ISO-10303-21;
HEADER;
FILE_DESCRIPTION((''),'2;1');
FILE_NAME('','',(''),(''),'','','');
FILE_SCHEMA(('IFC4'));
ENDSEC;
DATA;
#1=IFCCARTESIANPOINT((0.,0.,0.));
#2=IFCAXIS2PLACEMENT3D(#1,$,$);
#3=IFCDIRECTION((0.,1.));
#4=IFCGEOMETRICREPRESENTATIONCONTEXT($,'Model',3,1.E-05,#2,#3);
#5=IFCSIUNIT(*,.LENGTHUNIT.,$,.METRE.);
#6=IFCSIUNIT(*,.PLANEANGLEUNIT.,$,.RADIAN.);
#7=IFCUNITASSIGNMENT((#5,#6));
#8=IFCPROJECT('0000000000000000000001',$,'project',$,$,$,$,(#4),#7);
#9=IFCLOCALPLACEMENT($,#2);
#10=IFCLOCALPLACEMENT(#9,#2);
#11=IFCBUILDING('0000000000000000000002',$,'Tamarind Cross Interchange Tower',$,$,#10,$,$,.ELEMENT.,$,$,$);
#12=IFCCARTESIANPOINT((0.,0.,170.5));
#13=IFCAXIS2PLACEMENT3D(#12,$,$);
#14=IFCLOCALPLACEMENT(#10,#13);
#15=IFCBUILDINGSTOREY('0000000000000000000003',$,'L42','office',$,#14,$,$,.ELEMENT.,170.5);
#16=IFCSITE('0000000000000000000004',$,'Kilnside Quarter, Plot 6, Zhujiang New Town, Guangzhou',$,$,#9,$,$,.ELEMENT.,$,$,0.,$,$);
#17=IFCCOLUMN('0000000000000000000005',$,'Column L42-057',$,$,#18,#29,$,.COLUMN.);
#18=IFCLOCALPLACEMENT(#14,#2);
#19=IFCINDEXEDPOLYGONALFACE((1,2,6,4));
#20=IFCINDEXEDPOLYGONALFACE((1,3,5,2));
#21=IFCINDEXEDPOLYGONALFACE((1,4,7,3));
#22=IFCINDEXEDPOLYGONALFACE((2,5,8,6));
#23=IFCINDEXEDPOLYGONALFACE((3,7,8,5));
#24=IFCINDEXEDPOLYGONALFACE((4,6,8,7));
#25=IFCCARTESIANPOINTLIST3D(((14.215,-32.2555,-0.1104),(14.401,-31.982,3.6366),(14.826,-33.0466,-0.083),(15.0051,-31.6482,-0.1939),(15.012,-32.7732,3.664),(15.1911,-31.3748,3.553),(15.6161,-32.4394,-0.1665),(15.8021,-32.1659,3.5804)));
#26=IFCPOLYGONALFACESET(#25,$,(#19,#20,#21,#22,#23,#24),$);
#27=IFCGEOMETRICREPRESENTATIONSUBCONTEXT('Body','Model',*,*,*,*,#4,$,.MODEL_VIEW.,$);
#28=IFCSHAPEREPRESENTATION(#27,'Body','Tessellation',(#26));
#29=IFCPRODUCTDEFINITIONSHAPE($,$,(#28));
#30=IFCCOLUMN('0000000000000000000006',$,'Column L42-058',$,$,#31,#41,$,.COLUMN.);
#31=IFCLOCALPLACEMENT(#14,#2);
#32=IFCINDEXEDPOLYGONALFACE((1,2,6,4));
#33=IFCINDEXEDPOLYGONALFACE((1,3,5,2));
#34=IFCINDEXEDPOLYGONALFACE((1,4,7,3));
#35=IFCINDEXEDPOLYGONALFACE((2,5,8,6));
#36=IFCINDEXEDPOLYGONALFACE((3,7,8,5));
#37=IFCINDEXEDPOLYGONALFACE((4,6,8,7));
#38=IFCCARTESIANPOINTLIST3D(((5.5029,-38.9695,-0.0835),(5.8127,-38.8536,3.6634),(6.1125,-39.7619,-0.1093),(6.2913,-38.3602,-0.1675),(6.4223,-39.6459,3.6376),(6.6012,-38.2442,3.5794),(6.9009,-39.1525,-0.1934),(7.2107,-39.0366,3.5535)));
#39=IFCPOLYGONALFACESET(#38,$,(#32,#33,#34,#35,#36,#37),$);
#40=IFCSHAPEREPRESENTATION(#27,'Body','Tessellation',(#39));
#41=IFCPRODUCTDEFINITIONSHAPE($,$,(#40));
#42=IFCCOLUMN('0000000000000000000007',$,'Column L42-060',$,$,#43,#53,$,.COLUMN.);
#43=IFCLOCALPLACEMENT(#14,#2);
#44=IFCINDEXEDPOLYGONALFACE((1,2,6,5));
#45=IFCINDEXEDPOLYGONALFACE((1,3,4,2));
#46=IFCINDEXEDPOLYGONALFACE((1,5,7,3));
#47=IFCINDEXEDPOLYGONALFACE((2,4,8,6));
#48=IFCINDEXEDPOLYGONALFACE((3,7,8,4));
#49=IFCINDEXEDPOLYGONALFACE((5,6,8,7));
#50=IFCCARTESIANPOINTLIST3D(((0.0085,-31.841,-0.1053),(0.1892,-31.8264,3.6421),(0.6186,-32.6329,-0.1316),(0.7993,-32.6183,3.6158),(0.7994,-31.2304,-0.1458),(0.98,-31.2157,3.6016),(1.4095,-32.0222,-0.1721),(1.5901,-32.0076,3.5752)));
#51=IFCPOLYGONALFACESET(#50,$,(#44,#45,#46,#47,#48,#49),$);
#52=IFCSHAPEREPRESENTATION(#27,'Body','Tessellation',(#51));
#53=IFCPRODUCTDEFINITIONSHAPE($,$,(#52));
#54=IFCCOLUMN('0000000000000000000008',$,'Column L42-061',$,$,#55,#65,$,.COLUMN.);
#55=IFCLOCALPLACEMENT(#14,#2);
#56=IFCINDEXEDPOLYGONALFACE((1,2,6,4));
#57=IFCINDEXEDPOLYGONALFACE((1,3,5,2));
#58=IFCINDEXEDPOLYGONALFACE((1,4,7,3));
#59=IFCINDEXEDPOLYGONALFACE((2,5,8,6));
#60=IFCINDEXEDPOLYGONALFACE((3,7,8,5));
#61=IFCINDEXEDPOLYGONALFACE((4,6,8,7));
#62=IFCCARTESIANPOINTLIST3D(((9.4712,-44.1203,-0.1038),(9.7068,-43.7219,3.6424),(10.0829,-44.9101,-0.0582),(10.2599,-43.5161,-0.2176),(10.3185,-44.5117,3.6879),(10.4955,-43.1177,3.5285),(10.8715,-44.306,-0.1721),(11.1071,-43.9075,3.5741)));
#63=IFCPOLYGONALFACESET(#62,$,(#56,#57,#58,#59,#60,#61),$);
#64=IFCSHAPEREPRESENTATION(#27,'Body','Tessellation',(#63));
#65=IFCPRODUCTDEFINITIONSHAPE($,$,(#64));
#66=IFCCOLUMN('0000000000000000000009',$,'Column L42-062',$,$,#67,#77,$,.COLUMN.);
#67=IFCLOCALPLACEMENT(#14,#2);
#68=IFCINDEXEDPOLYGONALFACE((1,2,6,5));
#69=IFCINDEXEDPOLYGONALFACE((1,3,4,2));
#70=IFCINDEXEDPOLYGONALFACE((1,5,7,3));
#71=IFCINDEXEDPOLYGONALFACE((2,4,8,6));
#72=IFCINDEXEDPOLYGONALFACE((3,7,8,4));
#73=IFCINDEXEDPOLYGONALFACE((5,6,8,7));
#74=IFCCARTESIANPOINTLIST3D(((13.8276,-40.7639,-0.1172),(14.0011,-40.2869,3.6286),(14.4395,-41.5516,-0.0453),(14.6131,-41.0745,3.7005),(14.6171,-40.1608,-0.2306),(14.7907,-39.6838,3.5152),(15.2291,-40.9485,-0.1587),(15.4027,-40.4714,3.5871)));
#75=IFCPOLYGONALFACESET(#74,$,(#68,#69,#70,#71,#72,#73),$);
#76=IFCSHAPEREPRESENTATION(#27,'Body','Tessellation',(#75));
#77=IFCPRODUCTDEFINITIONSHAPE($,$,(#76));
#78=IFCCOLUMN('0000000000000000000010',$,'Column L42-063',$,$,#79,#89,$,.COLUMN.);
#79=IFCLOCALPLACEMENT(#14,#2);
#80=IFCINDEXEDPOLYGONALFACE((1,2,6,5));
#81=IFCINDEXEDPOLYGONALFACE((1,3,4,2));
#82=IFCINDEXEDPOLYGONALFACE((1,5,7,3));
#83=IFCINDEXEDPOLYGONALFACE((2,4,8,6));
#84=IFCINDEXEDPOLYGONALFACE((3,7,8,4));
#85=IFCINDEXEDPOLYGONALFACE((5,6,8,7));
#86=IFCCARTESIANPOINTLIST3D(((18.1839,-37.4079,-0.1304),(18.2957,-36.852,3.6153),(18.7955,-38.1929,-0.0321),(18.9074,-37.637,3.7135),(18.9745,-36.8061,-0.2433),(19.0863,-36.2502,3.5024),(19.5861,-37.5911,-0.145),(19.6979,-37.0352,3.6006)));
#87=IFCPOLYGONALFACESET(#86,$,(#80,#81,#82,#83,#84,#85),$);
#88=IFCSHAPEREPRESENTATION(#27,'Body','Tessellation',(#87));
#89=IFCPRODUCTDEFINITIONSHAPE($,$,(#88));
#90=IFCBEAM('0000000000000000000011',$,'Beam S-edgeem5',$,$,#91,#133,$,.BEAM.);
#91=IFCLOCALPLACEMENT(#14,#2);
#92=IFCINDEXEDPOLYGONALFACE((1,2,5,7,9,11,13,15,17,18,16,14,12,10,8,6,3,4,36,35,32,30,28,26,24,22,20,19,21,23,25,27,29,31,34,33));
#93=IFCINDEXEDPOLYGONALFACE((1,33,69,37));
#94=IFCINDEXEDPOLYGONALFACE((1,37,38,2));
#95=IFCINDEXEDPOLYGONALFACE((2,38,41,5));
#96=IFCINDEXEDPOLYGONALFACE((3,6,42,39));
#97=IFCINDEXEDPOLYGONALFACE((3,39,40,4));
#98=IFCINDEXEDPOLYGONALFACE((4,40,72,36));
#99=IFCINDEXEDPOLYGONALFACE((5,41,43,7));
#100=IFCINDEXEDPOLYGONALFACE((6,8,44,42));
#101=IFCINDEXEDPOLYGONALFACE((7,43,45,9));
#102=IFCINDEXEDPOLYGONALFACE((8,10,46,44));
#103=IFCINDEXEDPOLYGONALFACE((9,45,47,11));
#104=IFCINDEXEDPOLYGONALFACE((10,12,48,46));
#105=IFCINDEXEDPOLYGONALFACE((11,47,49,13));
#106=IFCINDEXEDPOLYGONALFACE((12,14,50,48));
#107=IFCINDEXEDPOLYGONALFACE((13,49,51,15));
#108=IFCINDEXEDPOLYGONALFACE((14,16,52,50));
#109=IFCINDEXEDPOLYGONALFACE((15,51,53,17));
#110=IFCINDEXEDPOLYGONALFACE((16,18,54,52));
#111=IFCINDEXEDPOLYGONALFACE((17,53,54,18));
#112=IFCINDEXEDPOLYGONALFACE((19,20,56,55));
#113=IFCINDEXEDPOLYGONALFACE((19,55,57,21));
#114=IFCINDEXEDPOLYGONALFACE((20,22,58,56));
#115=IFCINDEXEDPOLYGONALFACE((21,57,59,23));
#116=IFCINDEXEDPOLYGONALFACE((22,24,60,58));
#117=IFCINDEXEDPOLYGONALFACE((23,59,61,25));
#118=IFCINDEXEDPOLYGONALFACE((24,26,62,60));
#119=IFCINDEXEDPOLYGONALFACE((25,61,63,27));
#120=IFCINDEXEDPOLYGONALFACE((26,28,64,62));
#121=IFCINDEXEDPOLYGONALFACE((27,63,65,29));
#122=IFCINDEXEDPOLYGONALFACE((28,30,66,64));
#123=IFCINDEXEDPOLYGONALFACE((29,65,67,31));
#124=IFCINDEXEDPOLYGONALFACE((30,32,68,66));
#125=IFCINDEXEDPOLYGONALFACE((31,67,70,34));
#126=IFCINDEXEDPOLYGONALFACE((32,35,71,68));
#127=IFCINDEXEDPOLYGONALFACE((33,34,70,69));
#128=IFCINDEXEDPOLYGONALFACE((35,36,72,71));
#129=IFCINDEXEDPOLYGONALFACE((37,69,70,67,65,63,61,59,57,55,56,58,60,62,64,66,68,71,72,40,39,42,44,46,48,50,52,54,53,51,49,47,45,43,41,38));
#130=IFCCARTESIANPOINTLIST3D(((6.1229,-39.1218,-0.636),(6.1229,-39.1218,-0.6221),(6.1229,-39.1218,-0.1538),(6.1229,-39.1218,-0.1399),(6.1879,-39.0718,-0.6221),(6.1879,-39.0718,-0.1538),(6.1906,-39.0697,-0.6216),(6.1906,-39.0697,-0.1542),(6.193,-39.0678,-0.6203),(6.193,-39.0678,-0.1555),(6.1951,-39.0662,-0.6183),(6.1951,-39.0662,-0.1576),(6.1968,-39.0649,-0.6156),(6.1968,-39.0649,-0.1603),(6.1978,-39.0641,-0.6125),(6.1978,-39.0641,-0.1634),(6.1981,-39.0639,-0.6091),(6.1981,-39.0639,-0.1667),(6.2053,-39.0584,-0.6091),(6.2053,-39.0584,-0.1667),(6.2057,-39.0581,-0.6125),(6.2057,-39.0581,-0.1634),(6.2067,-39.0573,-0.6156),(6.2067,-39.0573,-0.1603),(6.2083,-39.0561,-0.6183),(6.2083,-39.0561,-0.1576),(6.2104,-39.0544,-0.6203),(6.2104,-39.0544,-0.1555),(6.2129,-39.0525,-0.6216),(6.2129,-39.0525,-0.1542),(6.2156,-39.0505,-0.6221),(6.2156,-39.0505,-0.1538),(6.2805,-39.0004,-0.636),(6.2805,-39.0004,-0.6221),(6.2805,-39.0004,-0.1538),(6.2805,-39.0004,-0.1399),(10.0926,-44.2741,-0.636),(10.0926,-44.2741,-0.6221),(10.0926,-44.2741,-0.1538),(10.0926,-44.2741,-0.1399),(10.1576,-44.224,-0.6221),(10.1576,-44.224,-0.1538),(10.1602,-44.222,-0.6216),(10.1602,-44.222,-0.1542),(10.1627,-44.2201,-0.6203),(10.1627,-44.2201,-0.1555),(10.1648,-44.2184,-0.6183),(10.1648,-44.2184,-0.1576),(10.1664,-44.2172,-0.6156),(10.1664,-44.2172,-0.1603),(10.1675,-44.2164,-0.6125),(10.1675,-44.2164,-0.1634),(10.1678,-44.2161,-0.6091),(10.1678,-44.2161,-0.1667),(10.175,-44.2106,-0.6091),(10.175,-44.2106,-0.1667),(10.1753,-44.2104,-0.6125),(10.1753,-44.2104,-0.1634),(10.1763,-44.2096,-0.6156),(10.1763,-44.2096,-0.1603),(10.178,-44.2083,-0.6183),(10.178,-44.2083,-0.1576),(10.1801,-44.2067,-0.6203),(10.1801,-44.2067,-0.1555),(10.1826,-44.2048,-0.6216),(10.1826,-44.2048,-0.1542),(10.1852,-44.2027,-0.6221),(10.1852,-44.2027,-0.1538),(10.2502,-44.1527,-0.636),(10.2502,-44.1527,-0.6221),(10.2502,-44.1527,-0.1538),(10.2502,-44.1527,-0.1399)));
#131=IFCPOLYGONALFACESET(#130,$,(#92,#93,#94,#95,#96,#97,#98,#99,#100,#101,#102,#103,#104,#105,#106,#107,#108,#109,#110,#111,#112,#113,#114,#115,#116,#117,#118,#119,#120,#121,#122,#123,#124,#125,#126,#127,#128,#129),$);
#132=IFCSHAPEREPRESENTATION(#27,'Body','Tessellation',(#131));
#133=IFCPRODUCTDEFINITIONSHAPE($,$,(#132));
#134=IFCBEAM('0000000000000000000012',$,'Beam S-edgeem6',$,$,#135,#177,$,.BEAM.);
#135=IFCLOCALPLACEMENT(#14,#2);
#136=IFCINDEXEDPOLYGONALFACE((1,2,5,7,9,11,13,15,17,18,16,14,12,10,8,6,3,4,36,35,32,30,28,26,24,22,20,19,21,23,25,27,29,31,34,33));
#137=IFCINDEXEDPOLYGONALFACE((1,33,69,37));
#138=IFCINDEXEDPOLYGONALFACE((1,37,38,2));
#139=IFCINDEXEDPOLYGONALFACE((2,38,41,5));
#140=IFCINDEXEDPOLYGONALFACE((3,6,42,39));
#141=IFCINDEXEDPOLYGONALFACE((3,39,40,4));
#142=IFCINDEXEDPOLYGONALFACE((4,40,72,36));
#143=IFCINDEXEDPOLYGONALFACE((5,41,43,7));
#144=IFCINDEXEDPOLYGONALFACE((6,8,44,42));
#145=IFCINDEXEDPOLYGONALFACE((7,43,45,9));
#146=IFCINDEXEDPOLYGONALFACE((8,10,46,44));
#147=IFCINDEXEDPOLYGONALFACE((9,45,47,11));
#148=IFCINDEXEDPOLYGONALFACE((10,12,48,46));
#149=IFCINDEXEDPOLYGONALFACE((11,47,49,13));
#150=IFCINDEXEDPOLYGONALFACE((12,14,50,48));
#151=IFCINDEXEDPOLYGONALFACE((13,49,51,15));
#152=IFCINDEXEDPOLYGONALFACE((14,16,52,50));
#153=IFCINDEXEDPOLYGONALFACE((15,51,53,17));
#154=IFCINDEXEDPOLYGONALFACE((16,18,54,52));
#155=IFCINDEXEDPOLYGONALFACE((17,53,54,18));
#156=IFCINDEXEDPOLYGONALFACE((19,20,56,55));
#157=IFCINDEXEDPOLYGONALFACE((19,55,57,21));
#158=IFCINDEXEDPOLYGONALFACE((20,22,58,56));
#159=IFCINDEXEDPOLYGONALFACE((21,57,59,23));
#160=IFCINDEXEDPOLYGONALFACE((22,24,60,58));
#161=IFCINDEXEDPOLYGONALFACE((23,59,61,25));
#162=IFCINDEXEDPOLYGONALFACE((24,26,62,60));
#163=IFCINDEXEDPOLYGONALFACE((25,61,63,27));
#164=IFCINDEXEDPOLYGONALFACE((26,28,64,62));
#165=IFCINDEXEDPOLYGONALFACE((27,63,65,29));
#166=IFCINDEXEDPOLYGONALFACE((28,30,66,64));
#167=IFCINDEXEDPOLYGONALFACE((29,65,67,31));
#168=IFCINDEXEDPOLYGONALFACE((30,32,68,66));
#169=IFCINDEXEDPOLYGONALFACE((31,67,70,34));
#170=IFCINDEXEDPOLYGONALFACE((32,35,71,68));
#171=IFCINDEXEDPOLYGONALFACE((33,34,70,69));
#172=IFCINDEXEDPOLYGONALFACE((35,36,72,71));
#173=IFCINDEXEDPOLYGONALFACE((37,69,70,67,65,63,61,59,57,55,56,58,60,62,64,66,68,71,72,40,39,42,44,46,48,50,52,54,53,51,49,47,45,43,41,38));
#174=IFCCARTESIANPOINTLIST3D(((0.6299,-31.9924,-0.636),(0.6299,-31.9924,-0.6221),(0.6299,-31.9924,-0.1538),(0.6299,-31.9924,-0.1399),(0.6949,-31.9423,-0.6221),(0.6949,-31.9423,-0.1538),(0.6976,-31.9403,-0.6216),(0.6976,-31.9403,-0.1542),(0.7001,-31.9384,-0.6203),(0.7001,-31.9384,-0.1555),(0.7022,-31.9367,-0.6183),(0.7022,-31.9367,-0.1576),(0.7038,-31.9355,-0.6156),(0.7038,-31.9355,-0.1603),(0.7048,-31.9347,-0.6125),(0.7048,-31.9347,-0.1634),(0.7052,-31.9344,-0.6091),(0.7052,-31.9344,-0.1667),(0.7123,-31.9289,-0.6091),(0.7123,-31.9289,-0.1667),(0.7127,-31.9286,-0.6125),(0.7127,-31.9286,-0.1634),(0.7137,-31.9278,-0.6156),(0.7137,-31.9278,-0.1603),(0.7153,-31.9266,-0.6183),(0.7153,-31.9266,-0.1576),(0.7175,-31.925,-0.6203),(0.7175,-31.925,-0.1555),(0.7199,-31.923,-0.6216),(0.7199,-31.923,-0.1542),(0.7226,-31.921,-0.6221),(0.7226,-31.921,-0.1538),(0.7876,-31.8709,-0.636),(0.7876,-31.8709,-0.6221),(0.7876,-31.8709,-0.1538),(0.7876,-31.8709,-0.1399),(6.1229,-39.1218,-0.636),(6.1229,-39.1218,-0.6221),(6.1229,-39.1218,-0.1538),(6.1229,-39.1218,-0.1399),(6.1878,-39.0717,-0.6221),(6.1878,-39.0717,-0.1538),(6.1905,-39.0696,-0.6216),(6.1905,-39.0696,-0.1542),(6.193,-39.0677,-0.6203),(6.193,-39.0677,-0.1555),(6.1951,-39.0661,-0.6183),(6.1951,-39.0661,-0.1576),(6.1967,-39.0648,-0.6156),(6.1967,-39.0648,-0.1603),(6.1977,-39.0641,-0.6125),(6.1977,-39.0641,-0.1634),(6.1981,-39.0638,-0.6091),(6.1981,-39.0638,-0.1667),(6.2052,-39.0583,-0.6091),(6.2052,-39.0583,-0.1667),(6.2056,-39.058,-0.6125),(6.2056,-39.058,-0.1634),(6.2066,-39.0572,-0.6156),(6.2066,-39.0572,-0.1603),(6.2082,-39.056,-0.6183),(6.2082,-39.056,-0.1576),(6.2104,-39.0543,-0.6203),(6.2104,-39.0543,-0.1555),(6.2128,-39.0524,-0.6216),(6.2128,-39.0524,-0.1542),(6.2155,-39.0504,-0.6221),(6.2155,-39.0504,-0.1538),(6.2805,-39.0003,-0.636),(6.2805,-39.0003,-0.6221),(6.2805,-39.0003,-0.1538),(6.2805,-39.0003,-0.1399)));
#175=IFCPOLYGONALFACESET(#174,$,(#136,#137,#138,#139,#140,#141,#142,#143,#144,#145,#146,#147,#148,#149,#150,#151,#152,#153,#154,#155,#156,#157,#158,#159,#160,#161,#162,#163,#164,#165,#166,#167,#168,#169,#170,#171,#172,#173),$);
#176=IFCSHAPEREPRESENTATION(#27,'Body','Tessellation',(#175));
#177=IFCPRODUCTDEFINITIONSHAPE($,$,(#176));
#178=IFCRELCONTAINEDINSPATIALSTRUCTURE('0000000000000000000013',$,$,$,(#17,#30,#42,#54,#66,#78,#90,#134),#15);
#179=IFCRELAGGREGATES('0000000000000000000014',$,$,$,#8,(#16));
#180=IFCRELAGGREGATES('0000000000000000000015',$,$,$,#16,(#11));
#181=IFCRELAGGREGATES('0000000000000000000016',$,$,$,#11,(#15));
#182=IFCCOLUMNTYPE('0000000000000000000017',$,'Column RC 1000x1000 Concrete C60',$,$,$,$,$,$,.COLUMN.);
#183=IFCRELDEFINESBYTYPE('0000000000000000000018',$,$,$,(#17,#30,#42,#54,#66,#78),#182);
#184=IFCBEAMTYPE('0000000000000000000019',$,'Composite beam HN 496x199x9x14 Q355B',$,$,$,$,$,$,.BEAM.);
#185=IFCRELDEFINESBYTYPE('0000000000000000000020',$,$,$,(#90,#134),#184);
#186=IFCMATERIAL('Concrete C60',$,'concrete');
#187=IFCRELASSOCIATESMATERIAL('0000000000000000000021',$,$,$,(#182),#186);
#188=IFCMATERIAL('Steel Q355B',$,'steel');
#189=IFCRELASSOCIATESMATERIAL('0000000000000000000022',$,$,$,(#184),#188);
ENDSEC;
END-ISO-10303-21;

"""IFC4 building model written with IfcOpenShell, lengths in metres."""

from ifc_helpers import new_model, si_unit, direction, frame, origin, origin_2d, place, context, subcontext, project, spatial, rectangle, i_section, extrude, material, material_profile, profile_set, type_object, element, save


model = new_model("IFC4")

# Units and contexts
model_context = context("Model", 3, precision=1e-05, world=origin(), true_north=direction((0.0, 1.0)))
body_context = subcontext(model_context, "Body", "Model", "MODEL_VIEW")
ifc_project = project(units=[si_unit("LENGTHUNIT", "METRE"), si_unit("PLANEANGLEUNIT", "RADIAN")], contexts=[model_context])

# Site, building, storey
site_placement = place(None, origin())
site = spatial("IfcSite", under=ifc_project, at=site_placement, Name="Kilnside Quarter, Plot 6, Zhujiang New Town, Guangzhou", CompositionType="ELEMENT", RefElevation=0.0)
building_placement = place(site_placement, origin())
building = spatial("IfcBuilding", under=site, at=building_placement, Name="Tamarind Cross Interchange Tower", CompositionType="ELEMENT")
storey_placement = place(building_placement, frame((0.0, 0.0, 170.5)))
storey = spatial("IfcBuildingStorey", under=building, at=storey_placement, Name="L42", Description="office", CompositionType="ELEMENT", Elevation=170.5)

# Columns
ifc_material_1 = material(Name="Concrete C60", Category="concrete")
ifc_material_profile_1 = material_profile(ifc_material_1, rectangle(XDim=1.0, YDim=1.0, at=origin_2d()), Name="RC 1000x1000")
ifc_profile_set_1 = profile_set([ifc_material_profile_1], Name="Concrete C60")
column_type = type_object("IfcColumnType", Name="Column RC 1000x1000 Concrete C60", PredefinedType="COLUMN", material=ifc_profile_set_1)
for number, where, z_axis, x_axis, name in (
    (1, (14.9155, -32.3474, -0.1384), (0.049459, 0.072696, 0.996127), (-0.790098, -0.607261, 0.083546), "Column L42-057"),
    (2, (6.2019, -39.061, -0.1384), (0.082367, 0.030831, 0.996125), (-0.609567, 0.792312, 0.025881), "Column L42-058"),
):
    element("IfcColumn", number, at=place(storey_placement, frame(where, z_axis=z_axis, x_axis=x_axis)), inside=storey, type_object=column_type, Name=name, PredefinedType="COLUMN", context=body_context, shape_type="SweptSolid", body=[
        extrude(rectangle(XDim=1.0, YDim=1.0, at=origin_2d()), origin(), (0.0, 0.0, 1.0), 3.7615),
    ])
column_1_placement = place(storey_placement, frame((0.709, -31.9316, -0.1387), z_axis=(0.048155, 0.003904, 0.998832), x_axis=(-0.610113, 0.791877, 0.026319)))
element("IfcColumn", 3, at=column_1_placement, inside=storey, type_object=column_type, Name="Column L42-060", PredefinedType="COLUMN", context=body_context, shape_type="SweptSolid", body=[
    extrude(rectangle(XDim=1.0, YDim=1.0, at=origin_2d()), origin(), (0.0, 0.0, 1.0), 3.7517),
])
column_2_placement = place(storey_placement, frame((10.1714, -44.2131, -0.1379), z_axis=(0.062416, 0.105558, 0.992452), x_axis=(-0.788672, -0.604179, 0.113861)))
element("IfcColumn", 4, at=column_2_placement, inside=storey, type_object=column_type, Name="Column L42-061", PredefinedType="COLUMN", context=body_context, shape_type="SweptSolid", body=[
    extrude(rectangle(XDim=1.0, YDim=1.0, at=origin_2d()), origin(), (0.0, 0.0, 1.0), 3.7747),
])
column_3_placement = place(storey_placement, frame((14.5283, -40.8562, -0.1379), z_axis=(0.045921, 0.126201, 0.990941), x_axis=(-0.789567, -0.603096, 0.113396)))
element("IfcColumn", 5, at=column_3_placement, inside=storey, type_object=column_type, Name="Column L42-062", PredefinedType="COLUMN", context=body_context, shape_type="SweptSolid", body=[
    extrude(rectangle(XDim=1.0, YDim=1.0, at=origin_2d()), origin(), (0.0, 0.0, 1.0), 3.78),
])
column_4_placement = place(storey_placement, frame((18.885, -37.4995, -0.1377), z_axis=(0.029516, 0.146744, 0.988734), x_axis=(-0.790586, -0.601849, 0.112925)))
element("IfcColumn", 6, at=column_4_placement, inside=storey, type_object=column_type, Name="Column L42-063", PredefinedType="COLUMN", context=body_context, shape_type="SweptSolid", body=[
    extrude(rectangle(XDim=1.0, YDim=1.0, at=origin_2d()), origin(), (0.0, 0.0, 1.0), 3.7883),
])

# Beams
ifc_material_2 = material(Name="Steel Q355B", Category="steel")
ifc_material_profile_2 = material_profile(ifc_material_2, i_section(OverallWidth=0.199, OverallDepth=0.4961, WebThickness=0.009, FlangeThickness=0.0139, FilletRadius=0.0129, at=origin_2d()), Name="HN 496x199x9x14")
ifc_profile_set_2 = profile_set([ifc_material_profile_2], Name="Steel Q355B")
beam_type_1 = type_object("IfcBeamType", Name="Composite beam HN 496x199x9x14 Q355B", PredefinedType="BEAM", material=ifc_profile_set_2)
beam_1_placement = place(storey_placement, frame((10.1714, -44.2134, -0.3879), z_axis=(-0.610327, 0.792149, 0.0), x_axis=(-0.792149, -0.610327, 0.0)))
element("IfcBeam", 7, at=beam_1_placement, inside=storey, type_object=beam_type_1, Name="Beam S-edgeem5", PredefinedType="BEAM", context=body_context, shape_type="SweptSolid", body=[
    extrude(i_section(OverallWidth=0.199, OverallDepth=0.4961, WebThickness=0.009, FlangeThickness=0.0139, FilletRadius=0.0129, at=origin_2d()), origin(), (0.0, 0.0, 1.0), 6.5042),
])
beam_2_placement = place(storey_placement, frame((6.2017, -39.061, -0.3879), z_axis=(-0.610323, 0.792153, 0.0), x_axis=(-0.792153, -0.610323, 0.0)))
element("IfcBeam", 8, at=beam_2_placement, inside=storey, type_object=beam_type_1, Name="Beam S-edgeem6", PredefinedType="BEAM", context=body_context, shape_type="SweptSolid", body=[
    extrude(i_section(OverallWidth=0.199, OverallDepth=0.4961, WebThickness=0.009, FlangeThickness=0.0139, FilletRadius=0.0129, at=origin_2d()), origin(), (0.0, 0.0, 1.0), 9.0),
])

save(model, "model.ifc")
